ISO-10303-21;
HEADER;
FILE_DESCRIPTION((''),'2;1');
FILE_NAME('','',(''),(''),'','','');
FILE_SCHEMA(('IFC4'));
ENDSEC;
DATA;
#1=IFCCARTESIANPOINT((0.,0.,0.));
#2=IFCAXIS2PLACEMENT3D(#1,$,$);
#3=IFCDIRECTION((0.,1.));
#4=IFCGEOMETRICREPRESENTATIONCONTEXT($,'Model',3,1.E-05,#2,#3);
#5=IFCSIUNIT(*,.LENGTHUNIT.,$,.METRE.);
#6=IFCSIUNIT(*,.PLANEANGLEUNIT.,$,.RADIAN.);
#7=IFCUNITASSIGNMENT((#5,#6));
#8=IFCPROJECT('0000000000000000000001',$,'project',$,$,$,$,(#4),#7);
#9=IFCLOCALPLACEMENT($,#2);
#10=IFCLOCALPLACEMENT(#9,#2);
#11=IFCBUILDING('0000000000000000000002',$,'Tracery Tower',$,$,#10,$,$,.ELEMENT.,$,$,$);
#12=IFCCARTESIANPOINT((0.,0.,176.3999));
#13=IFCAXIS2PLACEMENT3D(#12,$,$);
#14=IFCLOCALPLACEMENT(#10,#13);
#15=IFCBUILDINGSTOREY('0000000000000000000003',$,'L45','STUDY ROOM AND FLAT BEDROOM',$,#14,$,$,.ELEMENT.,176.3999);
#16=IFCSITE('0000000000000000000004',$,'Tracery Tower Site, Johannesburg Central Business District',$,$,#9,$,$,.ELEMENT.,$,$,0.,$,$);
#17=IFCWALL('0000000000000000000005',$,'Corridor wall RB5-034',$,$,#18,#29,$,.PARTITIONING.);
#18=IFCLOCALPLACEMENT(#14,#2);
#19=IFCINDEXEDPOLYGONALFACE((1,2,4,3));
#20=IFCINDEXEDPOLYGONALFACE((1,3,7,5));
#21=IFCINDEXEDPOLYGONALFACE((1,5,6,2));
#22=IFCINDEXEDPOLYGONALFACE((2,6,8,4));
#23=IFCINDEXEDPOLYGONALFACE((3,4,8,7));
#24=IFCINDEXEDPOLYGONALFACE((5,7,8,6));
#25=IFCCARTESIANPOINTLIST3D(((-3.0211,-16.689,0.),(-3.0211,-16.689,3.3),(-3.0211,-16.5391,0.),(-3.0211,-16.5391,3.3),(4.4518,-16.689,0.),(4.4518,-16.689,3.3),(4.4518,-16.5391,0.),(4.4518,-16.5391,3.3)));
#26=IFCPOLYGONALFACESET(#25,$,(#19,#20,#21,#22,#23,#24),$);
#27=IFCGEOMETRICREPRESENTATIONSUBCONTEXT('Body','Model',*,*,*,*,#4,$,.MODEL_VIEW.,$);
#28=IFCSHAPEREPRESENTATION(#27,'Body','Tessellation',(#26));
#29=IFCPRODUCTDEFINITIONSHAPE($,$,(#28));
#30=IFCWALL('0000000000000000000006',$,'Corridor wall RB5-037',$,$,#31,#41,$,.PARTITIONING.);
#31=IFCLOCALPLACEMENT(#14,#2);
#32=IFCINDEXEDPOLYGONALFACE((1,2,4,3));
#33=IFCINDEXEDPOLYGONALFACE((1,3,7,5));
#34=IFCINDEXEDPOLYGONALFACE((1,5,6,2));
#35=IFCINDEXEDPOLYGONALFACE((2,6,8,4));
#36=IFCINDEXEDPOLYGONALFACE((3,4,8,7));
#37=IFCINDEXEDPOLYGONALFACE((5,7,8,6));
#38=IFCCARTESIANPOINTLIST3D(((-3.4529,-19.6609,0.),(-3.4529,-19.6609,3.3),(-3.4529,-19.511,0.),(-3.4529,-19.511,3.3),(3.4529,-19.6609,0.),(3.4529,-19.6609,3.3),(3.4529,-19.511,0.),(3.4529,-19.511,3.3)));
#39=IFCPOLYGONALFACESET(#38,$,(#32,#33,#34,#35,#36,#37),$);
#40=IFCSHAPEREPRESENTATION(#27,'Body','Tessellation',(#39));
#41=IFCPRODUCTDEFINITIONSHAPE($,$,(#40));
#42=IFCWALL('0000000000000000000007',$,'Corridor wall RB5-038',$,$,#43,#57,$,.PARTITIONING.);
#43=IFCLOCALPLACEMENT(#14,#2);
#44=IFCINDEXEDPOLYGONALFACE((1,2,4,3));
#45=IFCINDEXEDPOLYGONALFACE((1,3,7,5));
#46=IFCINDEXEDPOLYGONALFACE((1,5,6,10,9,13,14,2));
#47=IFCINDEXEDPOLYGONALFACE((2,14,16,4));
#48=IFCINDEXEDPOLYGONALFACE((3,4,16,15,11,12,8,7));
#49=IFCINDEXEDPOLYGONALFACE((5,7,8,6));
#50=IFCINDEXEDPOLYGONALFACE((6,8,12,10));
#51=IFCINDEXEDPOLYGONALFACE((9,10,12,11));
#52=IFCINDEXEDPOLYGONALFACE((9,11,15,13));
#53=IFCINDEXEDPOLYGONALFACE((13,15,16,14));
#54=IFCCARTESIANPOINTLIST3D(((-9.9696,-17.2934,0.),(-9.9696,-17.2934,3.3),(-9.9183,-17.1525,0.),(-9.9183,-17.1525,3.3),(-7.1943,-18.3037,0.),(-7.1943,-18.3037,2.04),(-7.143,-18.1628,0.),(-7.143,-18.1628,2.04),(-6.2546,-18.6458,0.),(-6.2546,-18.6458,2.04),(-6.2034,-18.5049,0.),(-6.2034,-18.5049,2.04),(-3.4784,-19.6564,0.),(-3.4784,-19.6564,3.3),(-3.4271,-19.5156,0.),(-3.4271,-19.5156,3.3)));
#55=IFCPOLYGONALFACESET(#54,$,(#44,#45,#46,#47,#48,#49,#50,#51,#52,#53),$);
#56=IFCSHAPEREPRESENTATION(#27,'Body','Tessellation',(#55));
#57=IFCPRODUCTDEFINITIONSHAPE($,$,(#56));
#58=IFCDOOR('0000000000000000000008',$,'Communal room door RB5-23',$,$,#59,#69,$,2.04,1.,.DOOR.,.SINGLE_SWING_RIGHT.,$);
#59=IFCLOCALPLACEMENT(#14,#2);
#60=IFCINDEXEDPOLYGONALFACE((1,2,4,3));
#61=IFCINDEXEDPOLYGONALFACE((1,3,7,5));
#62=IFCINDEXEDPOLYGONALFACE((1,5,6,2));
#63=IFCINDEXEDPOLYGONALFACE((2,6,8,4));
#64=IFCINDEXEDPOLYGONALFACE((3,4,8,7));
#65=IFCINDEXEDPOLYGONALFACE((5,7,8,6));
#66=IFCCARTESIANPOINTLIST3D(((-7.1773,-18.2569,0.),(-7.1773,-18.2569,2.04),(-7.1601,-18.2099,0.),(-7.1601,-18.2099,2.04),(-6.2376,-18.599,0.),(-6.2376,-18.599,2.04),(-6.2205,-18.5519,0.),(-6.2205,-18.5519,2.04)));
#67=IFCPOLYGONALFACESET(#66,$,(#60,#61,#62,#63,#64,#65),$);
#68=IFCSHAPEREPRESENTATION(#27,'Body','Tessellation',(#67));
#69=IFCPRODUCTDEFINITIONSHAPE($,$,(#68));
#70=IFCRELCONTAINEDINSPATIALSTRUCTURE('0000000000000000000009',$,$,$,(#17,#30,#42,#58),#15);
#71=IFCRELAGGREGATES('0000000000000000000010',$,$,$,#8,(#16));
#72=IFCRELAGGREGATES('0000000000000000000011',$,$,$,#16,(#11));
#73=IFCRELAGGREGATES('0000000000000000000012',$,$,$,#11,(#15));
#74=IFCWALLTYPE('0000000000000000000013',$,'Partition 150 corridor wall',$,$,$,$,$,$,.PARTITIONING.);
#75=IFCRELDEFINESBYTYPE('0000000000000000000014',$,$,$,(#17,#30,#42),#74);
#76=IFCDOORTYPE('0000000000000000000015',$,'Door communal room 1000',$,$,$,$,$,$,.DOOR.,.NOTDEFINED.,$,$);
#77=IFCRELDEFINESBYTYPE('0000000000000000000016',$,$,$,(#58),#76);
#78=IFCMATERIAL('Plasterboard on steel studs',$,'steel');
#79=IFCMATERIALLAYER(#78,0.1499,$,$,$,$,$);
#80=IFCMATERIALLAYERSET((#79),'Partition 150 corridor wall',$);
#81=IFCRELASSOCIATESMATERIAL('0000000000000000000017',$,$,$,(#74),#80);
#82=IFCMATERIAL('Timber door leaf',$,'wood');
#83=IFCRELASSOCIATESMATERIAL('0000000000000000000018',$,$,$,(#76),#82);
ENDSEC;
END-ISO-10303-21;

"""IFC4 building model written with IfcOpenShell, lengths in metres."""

from ifc_helpers import new_model, si_unit, direction, frame, frame_2d, origin, place, context, subcontext, project, spatial, rectangle, extrude, material, layer, layer_set, type_object, element, fill, save


model = new_model("IFC4")

# Units and contexts
model_context = context("Model", 3, precision=1e-05, world=origin(), true_north=direction((0.0, 1.0)))
body_context = subcontext(model_context, "Body", "Model", "MODEL_VIEW")
ifc_project = project(units=[si_unit("LENGTHUNIT", "METRE"), si_unit("PLANEANGLEUNIT", "RADIAN")], contexts=[model_context])

# Site, building, storey
site_placement = place(None, origin())
site = spatial("IfcSite", under=ifc_project, at=site_placement, Name="Tracery Tower Site, Johannesburg Central Business District", CompositionType="ELEMENT", RefElevation=0.0)
building_placement = place(site_placement, origin())
building = spatial("IfcBuilding", under=site, at=building_placement, Name="Tracery Tower", CompositionType="ELEMENT")
storey_placement = place(building_placement, frame((0.0, 0.0, 176.3999)))
storey = spatial("IfcBuildingStorey", under=building, at=storey_placement, Name="L45", Description="STUDY ROOM AND FLAT BEDROOM", CompositionType="ELEMENT", Elevation=176.3999)

# Shared definitions
ifc_material_1 = material(Name="Plasterboard on steel studs", Category="steel")
ifc_layer_1 = layer(ifc_material_1, 0.1499)
ifc_layer_set_1 = layer_set([ifc_layer_1], Name="Partition 150 corridor wall")
wall_type_1 = type_object("IfcWallType", Name="Partition 150 corridor wall", PredefinedType="PARTITIONING", material=ifc_layer_set_1)

# Walls
wall_1_placement = place(storey_placement, frame((-3.021, -16.614, 0.0), z_axis=(0.0, 0.0, 1.0), x_axis=(1.0, 0.0, 0.0)))
element("IfcWall", 1, at=wall_1_placement, inside=storey, type_object=wall_type_1, Name="Corridor wall RB5-034", PredefinedType="PARTITIONING", context=body_context, shape_type="SweptSolid", body=[
    extrude(rectangle(XDim=7.4729, YDim=0.1499, at=frame_2d((3.7363, 0.0))), origin(), (0.0, 0.0, 1.0), 3.3),
])
wall_2_placement = place(storey_placement, frame((-3.4529, -19.5859, 0.0), z_axis=(0.0, 0.0, 1.0), x_axis=(1.0, 0.0, 0.0)))
element("IfcWall", 2, at=wall_2_placement, inside=storey, type_object=wall_type_1, Name="Corridor wall RB5-037", PredefinedType="PARTITIONING", context=body_context, shape_type="SweptSolid", body=[
    extrude(rectangle(XDim=6.9058, YDim=0.1499, at=frame_2d((3.4529, 0.0))), origin(), (0.0, 0.0, 1.0), 3.3),
])

# Wall, opening, door
wall_3_placement = place(storey_placement, frame((-9.9441, -17.2229, 0.0), z_axis=(0.0, 0.0, 1.0), x_axis=(0.939673, -0.342075, 0.0)))
wall_3 = element("IfcWall", 3, at=wall_3_placement, inside=storey, type_object=wall_type_1, Name="Corridor wall RB5-038", PredefinedType="PARTITIONING", context=body_context, shape_type="SweptSolid", body=[
    extrude(rectangle(XDim=6.908, YDim=0.1499, at=frame_2d((3.4541, 0.0))), origin(), (0.0, 0.0, 1.0), 3.3),
])
opening_1_placement = place(wall_3_placement, frame((2.9536, 0.0, 0.0)))
opening_1 = element("IfcOpeningElement", 4, at=opening_1_placement, cuts=wall_3, PredefinedType="OPENING", context=body_context, shape_type="SweptSolid", body=[
    extrude(rectangle(XDim=1.0, YDim=2.04, at=frame_2d((0.5, 1.02))), frame((0.0, 0.075, 0.0), z_axis=(0.0, -1.0, 0.0), x_axis=(1.0, 0.0, 0.0)), (0.0, 0.0, 1.0), 0.1499),
])
ifc_material_2 = material(Name="Timber door leaf", Category="wood")
door_type_1 = type_object("IfcDoorType", Name="Door communal room 1000", OperationType="NOTDEFINED", PredefinedType="DOOR", material=ifc_material_2)
door_1_placement = place(opening_1_placement, origin())
door_1 = element("IfcDoor", 5, at=door_1_placement, inside=storey, type_object=door_type_1, Name="Communal room door RB5-23", OperationType="SINGLE_SWING_RIGHT", OverallHeight=2.04, OverallWidth=1.0, PredefinedType="DOOR", context=body_context, shape_type="SweptSolid", body=[
    extrude(rectangle(XDim=1.0, YDim=2.04, at=frame_2d((0.5, 1.02))), frame((0.0, 0.0249, 0.0), z_axis=(0.0, -1.0, 0.0), x_axis=(1.0, 0.0, 0.0)), (0.0, 0.0, 1.0), 0.05),
])
fill(opening_1, door_1)

save(model, "model.ifc")
